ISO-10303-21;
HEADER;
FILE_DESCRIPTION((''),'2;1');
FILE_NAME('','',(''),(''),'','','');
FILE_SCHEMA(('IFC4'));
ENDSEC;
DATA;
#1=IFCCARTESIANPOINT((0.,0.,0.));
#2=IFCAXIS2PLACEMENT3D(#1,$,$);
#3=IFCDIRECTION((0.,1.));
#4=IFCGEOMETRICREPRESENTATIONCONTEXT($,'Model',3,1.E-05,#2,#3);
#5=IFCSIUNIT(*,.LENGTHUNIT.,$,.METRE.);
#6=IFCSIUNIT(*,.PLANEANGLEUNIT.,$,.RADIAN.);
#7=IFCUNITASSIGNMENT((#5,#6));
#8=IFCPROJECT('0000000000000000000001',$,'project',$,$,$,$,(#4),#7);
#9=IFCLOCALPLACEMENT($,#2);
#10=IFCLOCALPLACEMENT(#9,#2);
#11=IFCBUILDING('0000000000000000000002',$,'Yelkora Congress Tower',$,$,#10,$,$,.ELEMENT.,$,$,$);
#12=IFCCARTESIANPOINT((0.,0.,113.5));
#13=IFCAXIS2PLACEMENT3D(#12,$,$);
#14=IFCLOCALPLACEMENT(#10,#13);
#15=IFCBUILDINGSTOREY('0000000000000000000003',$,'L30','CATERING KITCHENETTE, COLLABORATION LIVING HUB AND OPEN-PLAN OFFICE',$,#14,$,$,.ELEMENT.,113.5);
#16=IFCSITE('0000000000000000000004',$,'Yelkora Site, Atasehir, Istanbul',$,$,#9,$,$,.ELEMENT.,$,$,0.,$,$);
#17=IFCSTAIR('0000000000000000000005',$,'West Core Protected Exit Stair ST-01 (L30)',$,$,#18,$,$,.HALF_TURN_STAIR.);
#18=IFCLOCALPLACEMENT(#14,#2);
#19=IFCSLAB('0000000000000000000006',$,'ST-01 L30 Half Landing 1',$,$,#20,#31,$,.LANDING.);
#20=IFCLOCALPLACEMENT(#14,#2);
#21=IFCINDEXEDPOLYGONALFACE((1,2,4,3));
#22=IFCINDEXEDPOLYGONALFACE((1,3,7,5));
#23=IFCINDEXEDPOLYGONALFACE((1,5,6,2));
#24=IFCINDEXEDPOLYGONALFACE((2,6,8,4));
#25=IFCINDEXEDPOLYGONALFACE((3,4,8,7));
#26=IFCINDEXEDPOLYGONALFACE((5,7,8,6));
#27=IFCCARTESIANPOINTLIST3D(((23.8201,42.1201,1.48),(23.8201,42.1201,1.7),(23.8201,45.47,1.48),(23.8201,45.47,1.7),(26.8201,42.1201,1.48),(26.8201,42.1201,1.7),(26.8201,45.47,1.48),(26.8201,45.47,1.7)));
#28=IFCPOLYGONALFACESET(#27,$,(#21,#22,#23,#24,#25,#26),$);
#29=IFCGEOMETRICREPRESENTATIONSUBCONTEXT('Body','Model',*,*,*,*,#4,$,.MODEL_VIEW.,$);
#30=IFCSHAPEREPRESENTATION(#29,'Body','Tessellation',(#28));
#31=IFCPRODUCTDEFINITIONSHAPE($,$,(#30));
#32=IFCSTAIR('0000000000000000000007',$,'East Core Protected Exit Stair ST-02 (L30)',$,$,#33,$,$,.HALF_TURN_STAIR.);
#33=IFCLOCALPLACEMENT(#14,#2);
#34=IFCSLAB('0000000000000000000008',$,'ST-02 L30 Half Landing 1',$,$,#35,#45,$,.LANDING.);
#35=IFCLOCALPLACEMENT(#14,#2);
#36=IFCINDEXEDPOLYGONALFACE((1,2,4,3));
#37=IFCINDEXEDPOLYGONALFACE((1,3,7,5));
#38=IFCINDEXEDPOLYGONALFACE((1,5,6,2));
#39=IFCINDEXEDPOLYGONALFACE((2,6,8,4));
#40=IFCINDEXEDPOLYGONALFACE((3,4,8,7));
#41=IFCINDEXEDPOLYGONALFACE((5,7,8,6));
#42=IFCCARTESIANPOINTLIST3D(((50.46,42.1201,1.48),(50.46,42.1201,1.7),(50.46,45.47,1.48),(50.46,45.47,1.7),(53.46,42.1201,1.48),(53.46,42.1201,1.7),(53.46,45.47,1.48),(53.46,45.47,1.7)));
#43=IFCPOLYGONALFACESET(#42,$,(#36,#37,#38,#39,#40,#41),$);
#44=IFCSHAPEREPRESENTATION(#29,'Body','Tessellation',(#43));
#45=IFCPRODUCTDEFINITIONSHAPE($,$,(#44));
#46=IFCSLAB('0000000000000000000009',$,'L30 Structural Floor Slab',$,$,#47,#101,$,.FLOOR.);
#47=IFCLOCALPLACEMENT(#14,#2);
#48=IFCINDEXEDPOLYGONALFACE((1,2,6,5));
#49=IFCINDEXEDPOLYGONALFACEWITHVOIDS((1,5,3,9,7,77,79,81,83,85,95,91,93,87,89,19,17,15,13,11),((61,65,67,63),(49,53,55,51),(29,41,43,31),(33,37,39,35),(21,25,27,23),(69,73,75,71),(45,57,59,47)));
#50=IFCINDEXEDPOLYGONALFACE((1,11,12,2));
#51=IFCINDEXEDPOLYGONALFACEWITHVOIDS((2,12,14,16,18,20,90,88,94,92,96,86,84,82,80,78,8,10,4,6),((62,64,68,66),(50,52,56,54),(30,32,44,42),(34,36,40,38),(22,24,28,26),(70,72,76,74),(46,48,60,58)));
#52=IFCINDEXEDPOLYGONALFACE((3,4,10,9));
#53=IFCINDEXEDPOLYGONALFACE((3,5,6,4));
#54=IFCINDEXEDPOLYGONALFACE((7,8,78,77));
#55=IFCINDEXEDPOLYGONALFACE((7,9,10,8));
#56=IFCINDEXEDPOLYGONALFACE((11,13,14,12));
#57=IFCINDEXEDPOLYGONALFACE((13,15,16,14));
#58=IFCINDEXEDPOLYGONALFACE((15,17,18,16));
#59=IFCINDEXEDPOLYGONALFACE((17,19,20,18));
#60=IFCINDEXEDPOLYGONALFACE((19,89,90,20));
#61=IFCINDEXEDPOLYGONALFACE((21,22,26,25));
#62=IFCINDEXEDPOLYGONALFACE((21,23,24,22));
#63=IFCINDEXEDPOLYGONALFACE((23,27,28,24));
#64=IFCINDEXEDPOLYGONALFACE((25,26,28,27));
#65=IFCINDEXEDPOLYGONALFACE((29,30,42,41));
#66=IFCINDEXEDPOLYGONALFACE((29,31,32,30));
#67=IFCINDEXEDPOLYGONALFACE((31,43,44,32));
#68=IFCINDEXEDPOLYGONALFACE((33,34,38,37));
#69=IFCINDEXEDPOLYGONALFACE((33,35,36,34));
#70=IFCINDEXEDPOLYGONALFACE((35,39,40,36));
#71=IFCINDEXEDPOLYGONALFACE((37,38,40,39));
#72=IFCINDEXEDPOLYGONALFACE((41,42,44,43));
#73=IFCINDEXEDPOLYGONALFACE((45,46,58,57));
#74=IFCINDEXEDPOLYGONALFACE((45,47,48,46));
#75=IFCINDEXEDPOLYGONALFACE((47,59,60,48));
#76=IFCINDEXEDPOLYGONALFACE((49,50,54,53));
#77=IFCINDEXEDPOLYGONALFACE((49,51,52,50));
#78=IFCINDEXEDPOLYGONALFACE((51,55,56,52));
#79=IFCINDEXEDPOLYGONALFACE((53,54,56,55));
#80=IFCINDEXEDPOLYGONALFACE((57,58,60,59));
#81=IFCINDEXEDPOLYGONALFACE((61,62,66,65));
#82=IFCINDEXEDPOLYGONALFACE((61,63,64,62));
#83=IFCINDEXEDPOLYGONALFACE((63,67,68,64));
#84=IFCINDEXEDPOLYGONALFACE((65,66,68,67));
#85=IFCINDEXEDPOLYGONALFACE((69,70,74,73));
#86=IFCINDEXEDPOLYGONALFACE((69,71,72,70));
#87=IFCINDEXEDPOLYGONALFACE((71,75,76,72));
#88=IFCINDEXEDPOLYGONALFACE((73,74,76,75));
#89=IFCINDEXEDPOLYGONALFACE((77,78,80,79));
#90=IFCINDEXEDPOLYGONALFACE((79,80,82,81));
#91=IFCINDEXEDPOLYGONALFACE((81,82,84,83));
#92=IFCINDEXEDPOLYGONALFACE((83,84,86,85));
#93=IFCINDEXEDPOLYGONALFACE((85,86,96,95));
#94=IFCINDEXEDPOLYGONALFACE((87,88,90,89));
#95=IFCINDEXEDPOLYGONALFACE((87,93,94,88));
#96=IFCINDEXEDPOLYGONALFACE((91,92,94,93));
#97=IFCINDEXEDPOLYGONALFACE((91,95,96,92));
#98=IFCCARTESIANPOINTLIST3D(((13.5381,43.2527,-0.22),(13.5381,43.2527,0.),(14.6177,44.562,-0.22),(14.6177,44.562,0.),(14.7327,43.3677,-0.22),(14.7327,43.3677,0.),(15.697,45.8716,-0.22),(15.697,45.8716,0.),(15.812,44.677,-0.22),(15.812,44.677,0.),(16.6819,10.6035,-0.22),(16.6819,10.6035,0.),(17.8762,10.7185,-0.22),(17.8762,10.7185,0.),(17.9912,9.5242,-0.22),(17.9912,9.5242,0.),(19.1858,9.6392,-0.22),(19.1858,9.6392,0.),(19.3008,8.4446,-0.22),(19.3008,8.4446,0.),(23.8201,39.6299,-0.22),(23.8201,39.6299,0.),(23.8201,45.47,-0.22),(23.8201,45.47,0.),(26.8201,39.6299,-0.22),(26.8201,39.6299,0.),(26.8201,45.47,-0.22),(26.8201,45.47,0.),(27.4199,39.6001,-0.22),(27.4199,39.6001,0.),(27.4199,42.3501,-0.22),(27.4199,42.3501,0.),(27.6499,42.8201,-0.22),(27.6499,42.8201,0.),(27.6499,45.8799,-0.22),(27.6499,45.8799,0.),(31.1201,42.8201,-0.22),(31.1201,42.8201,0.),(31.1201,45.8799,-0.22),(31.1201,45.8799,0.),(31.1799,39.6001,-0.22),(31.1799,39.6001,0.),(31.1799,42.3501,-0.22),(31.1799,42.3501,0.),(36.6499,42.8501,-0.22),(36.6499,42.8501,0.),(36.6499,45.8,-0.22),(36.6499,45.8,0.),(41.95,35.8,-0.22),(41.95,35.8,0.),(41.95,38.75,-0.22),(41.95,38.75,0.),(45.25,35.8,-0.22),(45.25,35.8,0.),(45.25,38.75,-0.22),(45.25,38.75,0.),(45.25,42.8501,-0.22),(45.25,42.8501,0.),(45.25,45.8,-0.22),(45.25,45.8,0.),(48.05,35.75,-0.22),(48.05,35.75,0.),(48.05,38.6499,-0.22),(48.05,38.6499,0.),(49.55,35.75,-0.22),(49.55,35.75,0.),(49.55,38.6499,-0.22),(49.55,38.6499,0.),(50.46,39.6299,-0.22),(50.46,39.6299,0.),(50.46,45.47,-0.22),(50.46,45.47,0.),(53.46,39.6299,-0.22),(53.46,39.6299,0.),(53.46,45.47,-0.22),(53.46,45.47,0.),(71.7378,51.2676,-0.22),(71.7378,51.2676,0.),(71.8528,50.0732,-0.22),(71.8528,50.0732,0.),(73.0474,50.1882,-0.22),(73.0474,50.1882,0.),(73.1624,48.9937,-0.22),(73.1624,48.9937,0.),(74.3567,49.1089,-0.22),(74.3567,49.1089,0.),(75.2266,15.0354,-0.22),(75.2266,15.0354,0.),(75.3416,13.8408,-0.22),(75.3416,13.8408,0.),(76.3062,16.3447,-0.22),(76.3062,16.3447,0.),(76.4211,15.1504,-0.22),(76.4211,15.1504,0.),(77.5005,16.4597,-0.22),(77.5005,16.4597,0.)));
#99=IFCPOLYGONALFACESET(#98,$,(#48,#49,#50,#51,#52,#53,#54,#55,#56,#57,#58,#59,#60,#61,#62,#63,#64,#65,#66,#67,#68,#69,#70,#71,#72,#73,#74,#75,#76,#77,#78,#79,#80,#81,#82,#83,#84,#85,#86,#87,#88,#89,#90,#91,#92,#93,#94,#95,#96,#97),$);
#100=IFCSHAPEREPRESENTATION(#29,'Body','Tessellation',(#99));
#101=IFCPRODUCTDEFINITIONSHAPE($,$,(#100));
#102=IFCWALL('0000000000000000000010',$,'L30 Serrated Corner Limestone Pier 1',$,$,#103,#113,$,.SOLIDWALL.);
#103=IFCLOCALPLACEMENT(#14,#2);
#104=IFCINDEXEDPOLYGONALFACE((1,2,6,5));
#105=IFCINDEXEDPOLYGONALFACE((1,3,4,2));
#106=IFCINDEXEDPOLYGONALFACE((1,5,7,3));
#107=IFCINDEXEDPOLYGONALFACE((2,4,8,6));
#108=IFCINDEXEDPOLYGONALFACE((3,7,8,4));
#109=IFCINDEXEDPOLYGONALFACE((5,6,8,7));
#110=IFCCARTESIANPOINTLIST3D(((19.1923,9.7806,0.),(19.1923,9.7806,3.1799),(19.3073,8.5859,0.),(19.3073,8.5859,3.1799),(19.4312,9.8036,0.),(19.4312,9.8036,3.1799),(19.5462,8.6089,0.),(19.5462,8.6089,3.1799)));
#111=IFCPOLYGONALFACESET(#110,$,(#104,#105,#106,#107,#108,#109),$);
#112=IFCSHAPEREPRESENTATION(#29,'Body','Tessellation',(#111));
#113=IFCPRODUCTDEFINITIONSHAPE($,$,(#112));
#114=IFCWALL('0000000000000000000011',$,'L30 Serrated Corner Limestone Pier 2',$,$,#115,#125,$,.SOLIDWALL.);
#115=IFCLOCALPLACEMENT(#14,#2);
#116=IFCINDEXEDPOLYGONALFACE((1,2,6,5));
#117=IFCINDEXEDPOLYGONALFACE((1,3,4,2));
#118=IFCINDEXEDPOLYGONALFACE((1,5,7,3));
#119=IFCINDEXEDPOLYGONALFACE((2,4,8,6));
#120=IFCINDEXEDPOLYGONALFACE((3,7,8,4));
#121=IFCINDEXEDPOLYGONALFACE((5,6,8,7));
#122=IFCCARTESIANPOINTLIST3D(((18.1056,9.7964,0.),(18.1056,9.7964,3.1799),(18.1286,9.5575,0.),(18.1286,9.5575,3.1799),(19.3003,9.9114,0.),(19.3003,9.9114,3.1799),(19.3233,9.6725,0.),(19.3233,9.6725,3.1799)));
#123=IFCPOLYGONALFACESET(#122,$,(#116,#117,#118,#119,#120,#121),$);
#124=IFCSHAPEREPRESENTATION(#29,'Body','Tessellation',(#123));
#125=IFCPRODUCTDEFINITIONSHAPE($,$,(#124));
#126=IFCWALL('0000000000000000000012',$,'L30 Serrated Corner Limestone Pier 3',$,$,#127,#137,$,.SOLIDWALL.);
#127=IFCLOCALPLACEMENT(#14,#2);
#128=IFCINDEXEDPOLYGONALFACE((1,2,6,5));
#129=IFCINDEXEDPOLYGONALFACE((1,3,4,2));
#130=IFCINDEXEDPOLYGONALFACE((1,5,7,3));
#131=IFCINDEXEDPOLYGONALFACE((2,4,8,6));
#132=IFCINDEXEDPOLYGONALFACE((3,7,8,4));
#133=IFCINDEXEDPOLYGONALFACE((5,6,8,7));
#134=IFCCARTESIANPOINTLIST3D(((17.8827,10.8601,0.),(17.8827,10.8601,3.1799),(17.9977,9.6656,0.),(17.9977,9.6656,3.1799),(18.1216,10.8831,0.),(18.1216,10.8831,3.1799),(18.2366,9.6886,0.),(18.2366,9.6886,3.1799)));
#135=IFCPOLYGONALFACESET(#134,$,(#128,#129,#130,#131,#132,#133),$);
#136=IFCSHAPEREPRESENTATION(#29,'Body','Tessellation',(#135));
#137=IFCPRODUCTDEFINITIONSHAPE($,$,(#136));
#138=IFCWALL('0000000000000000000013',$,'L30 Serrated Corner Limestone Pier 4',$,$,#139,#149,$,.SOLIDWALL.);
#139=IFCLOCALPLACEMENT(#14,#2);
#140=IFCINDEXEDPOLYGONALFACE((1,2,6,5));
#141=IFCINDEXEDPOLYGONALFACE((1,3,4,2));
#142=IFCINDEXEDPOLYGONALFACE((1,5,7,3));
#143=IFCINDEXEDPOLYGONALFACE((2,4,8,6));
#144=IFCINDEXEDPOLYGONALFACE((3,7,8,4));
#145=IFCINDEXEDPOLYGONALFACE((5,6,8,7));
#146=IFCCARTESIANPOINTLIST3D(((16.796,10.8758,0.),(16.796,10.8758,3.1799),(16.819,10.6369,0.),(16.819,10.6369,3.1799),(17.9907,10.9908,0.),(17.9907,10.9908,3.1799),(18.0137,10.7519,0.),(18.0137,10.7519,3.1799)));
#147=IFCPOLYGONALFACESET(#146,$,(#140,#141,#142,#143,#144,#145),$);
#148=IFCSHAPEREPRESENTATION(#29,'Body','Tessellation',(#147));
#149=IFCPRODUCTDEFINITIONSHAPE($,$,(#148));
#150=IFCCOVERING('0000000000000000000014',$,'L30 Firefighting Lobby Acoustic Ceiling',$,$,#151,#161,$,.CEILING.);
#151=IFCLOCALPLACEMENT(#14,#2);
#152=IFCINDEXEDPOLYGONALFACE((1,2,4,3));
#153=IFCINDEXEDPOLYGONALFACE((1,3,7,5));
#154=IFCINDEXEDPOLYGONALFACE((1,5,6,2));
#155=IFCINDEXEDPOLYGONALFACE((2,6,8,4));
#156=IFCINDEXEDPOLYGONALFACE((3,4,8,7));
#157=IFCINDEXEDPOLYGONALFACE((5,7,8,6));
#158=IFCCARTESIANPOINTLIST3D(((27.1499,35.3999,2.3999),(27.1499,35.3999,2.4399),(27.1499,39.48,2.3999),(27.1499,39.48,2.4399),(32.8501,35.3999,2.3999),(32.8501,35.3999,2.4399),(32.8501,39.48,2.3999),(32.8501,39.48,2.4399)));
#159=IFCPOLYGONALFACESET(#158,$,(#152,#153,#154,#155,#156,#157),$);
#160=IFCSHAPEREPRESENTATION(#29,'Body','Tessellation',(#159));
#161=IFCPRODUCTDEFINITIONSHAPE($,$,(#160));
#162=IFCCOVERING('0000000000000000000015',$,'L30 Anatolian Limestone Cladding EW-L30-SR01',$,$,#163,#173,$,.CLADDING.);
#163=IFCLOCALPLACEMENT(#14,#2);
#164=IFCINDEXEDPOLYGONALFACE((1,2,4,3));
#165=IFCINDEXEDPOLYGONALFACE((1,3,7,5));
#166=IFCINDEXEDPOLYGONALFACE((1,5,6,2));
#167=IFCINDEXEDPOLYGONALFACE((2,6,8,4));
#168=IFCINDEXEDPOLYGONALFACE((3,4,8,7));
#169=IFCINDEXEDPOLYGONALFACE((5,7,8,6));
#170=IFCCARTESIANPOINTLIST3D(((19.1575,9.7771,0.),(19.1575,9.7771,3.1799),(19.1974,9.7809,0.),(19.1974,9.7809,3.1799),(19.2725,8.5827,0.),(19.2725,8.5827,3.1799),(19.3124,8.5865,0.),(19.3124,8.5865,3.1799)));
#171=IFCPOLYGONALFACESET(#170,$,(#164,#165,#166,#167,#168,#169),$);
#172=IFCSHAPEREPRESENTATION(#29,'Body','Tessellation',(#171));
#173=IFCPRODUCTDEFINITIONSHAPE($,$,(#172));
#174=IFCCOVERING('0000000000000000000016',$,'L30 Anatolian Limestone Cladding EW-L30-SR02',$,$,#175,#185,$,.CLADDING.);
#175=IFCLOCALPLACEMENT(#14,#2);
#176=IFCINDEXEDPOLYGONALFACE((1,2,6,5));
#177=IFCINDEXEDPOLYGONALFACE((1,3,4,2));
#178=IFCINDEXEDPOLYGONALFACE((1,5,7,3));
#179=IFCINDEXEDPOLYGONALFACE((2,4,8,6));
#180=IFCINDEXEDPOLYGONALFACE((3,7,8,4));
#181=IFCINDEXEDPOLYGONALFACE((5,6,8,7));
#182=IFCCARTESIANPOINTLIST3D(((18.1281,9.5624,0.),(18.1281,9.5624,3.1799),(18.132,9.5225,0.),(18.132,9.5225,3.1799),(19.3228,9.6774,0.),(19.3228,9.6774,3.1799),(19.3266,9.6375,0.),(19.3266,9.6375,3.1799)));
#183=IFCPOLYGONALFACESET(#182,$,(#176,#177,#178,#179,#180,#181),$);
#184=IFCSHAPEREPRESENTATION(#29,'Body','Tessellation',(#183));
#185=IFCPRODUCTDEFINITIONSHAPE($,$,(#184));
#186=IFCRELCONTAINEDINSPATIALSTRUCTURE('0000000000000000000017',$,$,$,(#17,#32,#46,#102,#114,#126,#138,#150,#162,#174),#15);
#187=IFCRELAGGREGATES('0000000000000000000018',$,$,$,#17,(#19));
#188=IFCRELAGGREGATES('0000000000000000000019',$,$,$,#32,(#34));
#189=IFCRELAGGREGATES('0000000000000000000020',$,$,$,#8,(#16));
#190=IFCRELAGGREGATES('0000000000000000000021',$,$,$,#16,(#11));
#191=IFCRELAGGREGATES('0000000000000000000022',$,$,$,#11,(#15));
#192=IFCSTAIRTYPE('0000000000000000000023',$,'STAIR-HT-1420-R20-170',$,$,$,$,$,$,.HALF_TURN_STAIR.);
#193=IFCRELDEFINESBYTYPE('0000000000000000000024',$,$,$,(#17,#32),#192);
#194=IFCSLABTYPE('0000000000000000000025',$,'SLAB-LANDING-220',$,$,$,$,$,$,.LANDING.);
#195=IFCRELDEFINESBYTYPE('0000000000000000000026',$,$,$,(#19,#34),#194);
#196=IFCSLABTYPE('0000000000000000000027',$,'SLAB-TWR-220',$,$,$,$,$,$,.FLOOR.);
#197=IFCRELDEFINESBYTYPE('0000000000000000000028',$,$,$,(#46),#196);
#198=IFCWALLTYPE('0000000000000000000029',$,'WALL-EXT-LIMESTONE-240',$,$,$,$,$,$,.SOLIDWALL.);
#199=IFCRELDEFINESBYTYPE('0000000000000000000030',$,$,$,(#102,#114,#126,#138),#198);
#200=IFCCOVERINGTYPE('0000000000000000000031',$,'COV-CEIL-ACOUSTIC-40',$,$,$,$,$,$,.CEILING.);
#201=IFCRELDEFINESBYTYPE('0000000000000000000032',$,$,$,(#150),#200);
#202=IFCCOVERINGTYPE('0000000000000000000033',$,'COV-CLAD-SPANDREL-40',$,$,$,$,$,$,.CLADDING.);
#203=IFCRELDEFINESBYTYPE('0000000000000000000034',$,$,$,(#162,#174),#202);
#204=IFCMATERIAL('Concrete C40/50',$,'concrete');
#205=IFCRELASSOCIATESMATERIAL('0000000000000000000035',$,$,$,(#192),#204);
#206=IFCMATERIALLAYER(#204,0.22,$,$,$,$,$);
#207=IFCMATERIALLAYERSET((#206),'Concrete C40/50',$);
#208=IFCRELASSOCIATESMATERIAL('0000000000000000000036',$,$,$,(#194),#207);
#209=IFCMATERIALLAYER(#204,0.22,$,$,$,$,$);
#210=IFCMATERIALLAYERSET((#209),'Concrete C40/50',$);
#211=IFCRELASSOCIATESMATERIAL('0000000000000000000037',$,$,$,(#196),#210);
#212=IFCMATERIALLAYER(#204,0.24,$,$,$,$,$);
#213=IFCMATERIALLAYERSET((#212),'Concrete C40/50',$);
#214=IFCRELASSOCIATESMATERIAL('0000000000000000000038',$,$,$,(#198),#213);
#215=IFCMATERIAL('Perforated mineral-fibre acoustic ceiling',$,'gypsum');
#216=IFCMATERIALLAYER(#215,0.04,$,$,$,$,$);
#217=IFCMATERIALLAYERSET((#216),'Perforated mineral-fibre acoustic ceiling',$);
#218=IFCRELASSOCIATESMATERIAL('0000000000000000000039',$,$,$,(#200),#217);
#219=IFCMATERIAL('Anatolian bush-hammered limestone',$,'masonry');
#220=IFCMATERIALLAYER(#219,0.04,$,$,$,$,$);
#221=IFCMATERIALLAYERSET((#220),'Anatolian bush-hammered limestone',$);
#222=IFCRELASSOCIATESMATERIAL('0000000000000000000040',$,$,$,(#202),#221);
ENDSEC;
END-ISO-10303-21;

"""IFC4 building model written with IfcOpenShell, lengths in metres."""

from ifc_helpers import new_model, si_unit, direction, frame, frame_2d, origin, place, context, subcontext, project, spatial, polyline, rectangle, outline, extrude, material, layer, layer_set, type_object, element, aggregate, save


model = new_model("IFC4")

# Units and contexts
model_context = context("Model", 3, precision=1e-05, world=origin(), true_north=direction((0.0, 1.0)))
body_context = subcontext(model_context, "Body", "Model", "MODEL_VIEW")
ifc_project = project(units=[si_unit("LENGTHUNIT", "METRE"), si_unit("PLANEANGLEUNIT", "RADIAN")], contexts=[model_context])

# Site, building, storey
site_placement = place(None, origin())
site = spatial("IfcSite", under=ifc_project, at=site_placement, Name="Yelkora Site, Atasehir, Istanbul", CompositionType="ELEMENT", RefElevation=0.0)
building_placement = place(site_placement, origin())
building = spatial("IfcBuilding", under=site, at=building_placement, Name="Yelkora Congress Tower", CompositionType="ELEMENT")
storey_placement = place(building_placement, frame((0.0, 0.0, 113.5)))
storey = spatial("IfcBuildingStorey", under=building, at=storey_placement, Name="L30", Description="CATERING KITCHENETTE, COLLABORATION LIVING HUB AND OPEN-PLAN OFFICE", CompositionType="ELEMENT", Elevation=113.5)

# Stairs, slabs
ifc_material_1 = material(Name="Concrete C40/50", Category="concrete")
stair_type = type_object("IfcStairType", Name="STAIR-HT-1420-R20-170", PredefinedType="HALF_TURN_STAIR", material=ifc_material_1)
stair_1_placement = place(storey_placement, origin())
stair_1 = element("IfcStair", 1, at=stair_1_placement, inside=storey, type_object=stair_type, Name="West Core Protected Exit Stair ST-01 (L30)", PredefinedType="HALF_TURN_STAIR")
ifc_layer_1 = layer(ifc_material_1, 0.22)
ifc_layer_set_1 = layer_set([ifc_layer_1], Name="Concrete C40/50")
slab_type_1 = type_object("IfcSlabType", Name="SLAB-LANDING-220", PredefinedType="LANDING", material=ifc_layer_set_1)
slab_1_placement = place(storey_placement, frame((0.0, 0.0, 1.48)))
slab_1 = element("IfcSlab", 2, at=slab_1_placement, type_object=slab_type_1, Name="ST-01 L30 Half Landing 1", PredefinedType="LANDING", context=body_context, shape_type="SweptSolid", body=[
    extrude(outline(polyline([(26.8201, 42.1201), (26.8201, 45.47), (23.8201, 45.47), (23.8201, 42.1201), (26.8201, 42.1201)])), origin(), (0.0, 0.0, 1.0), 0.22),
])
aggregate(stair_1, [slab_1])
stair_2_placement = place(storey_placement, origin())
stair_2 = element("IfcStair", 3, at=stair_2_placement, inside=storey, type_object=stair_type, Name="East Core Protected Exit Stair ST-02 (L30)", PredefinedType="HALF_TURN_STAIR")
slab_2_placement = place(storey_placement, frame((0.0, 0.0, 1.48)))
slab_2 = element("IfcSlab", 4, at=slab_2_placement, type_object=slab_type_1, Name="ST-02 L30 Half Landing 1", PredefinedType="LANDING", context=body_context, shape_type="SweptSolid", body=[
    extrude(outline(polyline([(53.46, 42.1201), (53.46, 45.47), (50.46, 45.47), (50.46, 42.1201), (53.46, 42.1201)])), origin(), (0.0, 0.0, 1.0), 0.22),
])
aggregate(stair_2, [slab_2])

# Slab
ifc_layer_2 = layer(ifc_material_1, 0.22)
ifc_layer_set_2 = layer_set([ifc_layer_2], Name="Concrete C40/50")
slab_type_2 = type_object("IfcSlabType", Name="SLAB-TWR-220", PredefinedType="FLOOR", material=ifc_layer_set_2)
slab_3_placement = place(storey_placement, frame((0.0, 0.0, -0.22)))
element("IfcSlab", 5, at=slab_3_placement, inside=storey, type_object=slab_type_2, Name="L30 Structural Floor Slab", PredefinedType="FLOOR", context=body_context, shape_type="SweptSolid", body=[
    extrude(outline(polyline([(19.3008, 8.4446), (75.3416, 13.8408), (75.2266, 15.0354), (76.4211, 15.1504), (76.3062, 16.3447), (77.5005, 16.4597), (74.3567, 49.1089), (73.1624, 48.9937), (73.0474, 50.1882), (71.8528, 50.0732), (71.7378, 51.2676), (15.697, 45.8716), (15.812, 44.677), (14.6177, 44.562), (14.7327, 43.3677), (13.5381, 43.2527), (16.6819, 10.6035), (17.8762, 10.7185), (17.9912, 9.5242), (19.1858, 9.6392), (19.3008, 8.4446)]), holes=[polyline([(23.8201, 39.6299), (26.8201, 39.6299), (26.8201, 45.47), (23.8201, 45.47), (23.8201, 39.6299)]), polyline([(50.46, 39.6299), (53.46, 39.6299), (53.46, 45.47), (50.46, 45.47), (50.46, 39.6299)]), polyline([(48.05, 35.75), (49.55, 35.75), (49.55, 38.6499), (48.05, 38.6499), (48.05, 35.75)]), polyline([(36.6499, 42.8501), (45.25, 42.8501), (45.25, 45.8), (36.6499, 45.8), (36.6499, 42.8501)]), polyline([(41.95, 35.8), (45.25, 35.8), (45.25, 38.75), (41.95, 38.75), (41.95, 35.8)]), polyline([(27.4199, 39.6001), (31.1799, 39.6001), (31.1799, 42.3501), (27.4199, 42.3501), (27.4199, 39.6001)]), polyline([(27.6499, 42.8201), (31.1201, 42.8201), (31.1201, 45.8799), (27.6499, 45.8799), (27.6499, 42.8201)])]), origin(), (0.0, 0.0, 1.0), 0.22),
])

# Walls
ifc_layer_3 = layer(ifc_material_1, 0.24)
ifc_layer_set_3 = layer_set([ifc_layer_3], Name="Concrete C40/50")
wall_type = type_object("IfcWallType", Name="WALL-EXT-LIMESTONE-240", PredefinedType="SOLIDWALL", material=ifc_layer_set_3)
for number, where, z_axis, x_axis, name in (
    (6, (19.4268, 8.5974, 0.0), (0.0, 0.0, 1.0), (-0.095817, 0.995399, 0.0), "L30 Serrated Corner Limestone Pier 1"),
    (7, (19.3118, 9.792, 0.0), (0.0, 0.0, 1.0), (-0.995399, -0.095817, 0.0), "L30 Serrated Corner Limestone Pier 2"),
):
    element("IfcWall", number, at=place(storey_placement, frame(where, z_axis=z_axis, x_axis=x_axis)), inside=storey, type_object=wall_type, Name=name, PredefinedType="SOLIDWALL", context=body_context, shape_type="SweptSolid", body=[
        extrude(rectangle(XDim=1.2002, YDim=0.24, at=frame_2d((0.6001, 0.0))), origin(), (0.0, 0.0, 1.0), 3.1799),
    ])
wall_1_placement = place(storey_placement, frame((18.1172, 9.677, 0.0), z_axis=(0.0, 0.0, 1.0), x_axis=(-0.095836, 0.995397, 0.0)))
element("IfcWall", 8, at=wall_1_placement, inside=storey, type_object=wall_type, Name="L30 Serrated Corner Limestone Pier 3", PredefinedType="SOLIDWALL", context=body_context, shape_type="SweptSolid", body=[
    extrude(rectangle(XDim=1.2, YDim=0.24, at=frame_2d((0.6001, 0.0))), origin(), (0.0, 0.0, 1.0), 3.1799),
])
wall_2_placement = place(storey_placement, frame((18.0022, 10.8713, 0.0), z_axis=(0.0, 0.0, 1.0), x_axis=(-0.995399, -0.095817, 0.0)))
element("IfcWall", 9, at=wall_2_placement, inside=storey, type_object=wall_type, Name="L30 Serrated Corner Limestone Pier 4", PredefinedType="SOLIDWALL", context=body_context, shape_type="SweptSolid", body=[
    extrude(rectangle(XDim=1.2002, YDim=0.24, at=frame_2d((0.6001, 0.0))), origin(), (0.0, 0.0, 1.0), 3.1799),
])

# Coverings
ifc_material_2 = material(Name="Perforated mineral-fibre acoustic ceiling", Category="gypsum")
ifc_layer_4 = layer(ifc_material_2, 0.04)
ifc_layer_set_4 = layer_set([ifc_layer_4], Name="Perforated mineral-fibre acoustic ceiling")
covering_type_1 = type_object("IfcCoveringType", Name="COV-CEIL-ACOUSTIC-40", PredefinedType="CEILING", material=ifc_layer_set_4)
covering_1_placement = place(storey_placement, frame((0.0, 0.0, 2.3999)))
element("IfcCovering", 10, at=covering_1_placement, inside=storey, type_object=covering_type_1, Name="L30 Firefighting Lobby Acoustic Ceiling", PredefinedType="CEILING", context=body_context, shape_type="SweptSolid", body=[
    extrude(outline(polyline([(27.1499, 35.3999), (32.8501, 35.3999), (32.8501, 39.48), (27.1499, 39.48), (27.1499, 35.3999)])), origin(), (0.0, 0.0, 1.0), 0.04),
])
ifc_material_3 = material(Name="Anatolian bush-hammered limestone", Category="masonry")
ifc_layer_5 = layer(ifc_material_3, 0.04)
ifc_layer_set_5 = layer_set([ifc_layer_5], Name="Anatolian bush-hammered limestone")
covering_type_2 = type_object("IfcCoveringType", Name="COV-CLAD-SPANDREL-40", PredefinedType="CLADDING", material=ifc_layer_set_5)
covering_2_placement = place(storey_placement, frame((19.2925, 8.5845, 0.0), z_axis=(0.0, 0.0, 1.0), x_axis=(-0.095836, 0.995397, 0.0)))
element("IfcCovering", 11, at=covering_2_placement, inside=storey, type_object=covering_type_2, Name="L30 Anatolian Limestone Cladding EW-L30-SR01", PredefinedType="CLADDING", context=body_context, shape_type="SweptSolid", body=[
    extrude(rectangle(XDim=1.2, YDim=0.04, at=frame_2d((0.6001, 0.0))), origin(), (0.0, 0.0, 1.0), 3.1799),
])
for number, where, z_axis, x_axis, name in (
    (12, (19.3247, 9.6575, 0.0), (0.0, 0.0, 1.0), (-0.995399, -0.095817, 0.0), "L30 Anatolian Limestone Cladding EW-L30-SR02"),
):
    element("IfcCovering", number, at=place(storey_placement, frame(where, z_axis=z_axis, x_axis=x_axis)), inside=storey, type_object=covering_type_2, Name=name, PredefinedType="CLADDING", context=body_context, shape_type="SweptSolid", body=[
        extrude(rectangle(XDim=1.2002, YDim=0.04, at=frame_2d((0.6001, 0.0))), origin(), (0.0, 0.0, 1.0), 3.1799),
    ])

save(model, "model.ifc")
